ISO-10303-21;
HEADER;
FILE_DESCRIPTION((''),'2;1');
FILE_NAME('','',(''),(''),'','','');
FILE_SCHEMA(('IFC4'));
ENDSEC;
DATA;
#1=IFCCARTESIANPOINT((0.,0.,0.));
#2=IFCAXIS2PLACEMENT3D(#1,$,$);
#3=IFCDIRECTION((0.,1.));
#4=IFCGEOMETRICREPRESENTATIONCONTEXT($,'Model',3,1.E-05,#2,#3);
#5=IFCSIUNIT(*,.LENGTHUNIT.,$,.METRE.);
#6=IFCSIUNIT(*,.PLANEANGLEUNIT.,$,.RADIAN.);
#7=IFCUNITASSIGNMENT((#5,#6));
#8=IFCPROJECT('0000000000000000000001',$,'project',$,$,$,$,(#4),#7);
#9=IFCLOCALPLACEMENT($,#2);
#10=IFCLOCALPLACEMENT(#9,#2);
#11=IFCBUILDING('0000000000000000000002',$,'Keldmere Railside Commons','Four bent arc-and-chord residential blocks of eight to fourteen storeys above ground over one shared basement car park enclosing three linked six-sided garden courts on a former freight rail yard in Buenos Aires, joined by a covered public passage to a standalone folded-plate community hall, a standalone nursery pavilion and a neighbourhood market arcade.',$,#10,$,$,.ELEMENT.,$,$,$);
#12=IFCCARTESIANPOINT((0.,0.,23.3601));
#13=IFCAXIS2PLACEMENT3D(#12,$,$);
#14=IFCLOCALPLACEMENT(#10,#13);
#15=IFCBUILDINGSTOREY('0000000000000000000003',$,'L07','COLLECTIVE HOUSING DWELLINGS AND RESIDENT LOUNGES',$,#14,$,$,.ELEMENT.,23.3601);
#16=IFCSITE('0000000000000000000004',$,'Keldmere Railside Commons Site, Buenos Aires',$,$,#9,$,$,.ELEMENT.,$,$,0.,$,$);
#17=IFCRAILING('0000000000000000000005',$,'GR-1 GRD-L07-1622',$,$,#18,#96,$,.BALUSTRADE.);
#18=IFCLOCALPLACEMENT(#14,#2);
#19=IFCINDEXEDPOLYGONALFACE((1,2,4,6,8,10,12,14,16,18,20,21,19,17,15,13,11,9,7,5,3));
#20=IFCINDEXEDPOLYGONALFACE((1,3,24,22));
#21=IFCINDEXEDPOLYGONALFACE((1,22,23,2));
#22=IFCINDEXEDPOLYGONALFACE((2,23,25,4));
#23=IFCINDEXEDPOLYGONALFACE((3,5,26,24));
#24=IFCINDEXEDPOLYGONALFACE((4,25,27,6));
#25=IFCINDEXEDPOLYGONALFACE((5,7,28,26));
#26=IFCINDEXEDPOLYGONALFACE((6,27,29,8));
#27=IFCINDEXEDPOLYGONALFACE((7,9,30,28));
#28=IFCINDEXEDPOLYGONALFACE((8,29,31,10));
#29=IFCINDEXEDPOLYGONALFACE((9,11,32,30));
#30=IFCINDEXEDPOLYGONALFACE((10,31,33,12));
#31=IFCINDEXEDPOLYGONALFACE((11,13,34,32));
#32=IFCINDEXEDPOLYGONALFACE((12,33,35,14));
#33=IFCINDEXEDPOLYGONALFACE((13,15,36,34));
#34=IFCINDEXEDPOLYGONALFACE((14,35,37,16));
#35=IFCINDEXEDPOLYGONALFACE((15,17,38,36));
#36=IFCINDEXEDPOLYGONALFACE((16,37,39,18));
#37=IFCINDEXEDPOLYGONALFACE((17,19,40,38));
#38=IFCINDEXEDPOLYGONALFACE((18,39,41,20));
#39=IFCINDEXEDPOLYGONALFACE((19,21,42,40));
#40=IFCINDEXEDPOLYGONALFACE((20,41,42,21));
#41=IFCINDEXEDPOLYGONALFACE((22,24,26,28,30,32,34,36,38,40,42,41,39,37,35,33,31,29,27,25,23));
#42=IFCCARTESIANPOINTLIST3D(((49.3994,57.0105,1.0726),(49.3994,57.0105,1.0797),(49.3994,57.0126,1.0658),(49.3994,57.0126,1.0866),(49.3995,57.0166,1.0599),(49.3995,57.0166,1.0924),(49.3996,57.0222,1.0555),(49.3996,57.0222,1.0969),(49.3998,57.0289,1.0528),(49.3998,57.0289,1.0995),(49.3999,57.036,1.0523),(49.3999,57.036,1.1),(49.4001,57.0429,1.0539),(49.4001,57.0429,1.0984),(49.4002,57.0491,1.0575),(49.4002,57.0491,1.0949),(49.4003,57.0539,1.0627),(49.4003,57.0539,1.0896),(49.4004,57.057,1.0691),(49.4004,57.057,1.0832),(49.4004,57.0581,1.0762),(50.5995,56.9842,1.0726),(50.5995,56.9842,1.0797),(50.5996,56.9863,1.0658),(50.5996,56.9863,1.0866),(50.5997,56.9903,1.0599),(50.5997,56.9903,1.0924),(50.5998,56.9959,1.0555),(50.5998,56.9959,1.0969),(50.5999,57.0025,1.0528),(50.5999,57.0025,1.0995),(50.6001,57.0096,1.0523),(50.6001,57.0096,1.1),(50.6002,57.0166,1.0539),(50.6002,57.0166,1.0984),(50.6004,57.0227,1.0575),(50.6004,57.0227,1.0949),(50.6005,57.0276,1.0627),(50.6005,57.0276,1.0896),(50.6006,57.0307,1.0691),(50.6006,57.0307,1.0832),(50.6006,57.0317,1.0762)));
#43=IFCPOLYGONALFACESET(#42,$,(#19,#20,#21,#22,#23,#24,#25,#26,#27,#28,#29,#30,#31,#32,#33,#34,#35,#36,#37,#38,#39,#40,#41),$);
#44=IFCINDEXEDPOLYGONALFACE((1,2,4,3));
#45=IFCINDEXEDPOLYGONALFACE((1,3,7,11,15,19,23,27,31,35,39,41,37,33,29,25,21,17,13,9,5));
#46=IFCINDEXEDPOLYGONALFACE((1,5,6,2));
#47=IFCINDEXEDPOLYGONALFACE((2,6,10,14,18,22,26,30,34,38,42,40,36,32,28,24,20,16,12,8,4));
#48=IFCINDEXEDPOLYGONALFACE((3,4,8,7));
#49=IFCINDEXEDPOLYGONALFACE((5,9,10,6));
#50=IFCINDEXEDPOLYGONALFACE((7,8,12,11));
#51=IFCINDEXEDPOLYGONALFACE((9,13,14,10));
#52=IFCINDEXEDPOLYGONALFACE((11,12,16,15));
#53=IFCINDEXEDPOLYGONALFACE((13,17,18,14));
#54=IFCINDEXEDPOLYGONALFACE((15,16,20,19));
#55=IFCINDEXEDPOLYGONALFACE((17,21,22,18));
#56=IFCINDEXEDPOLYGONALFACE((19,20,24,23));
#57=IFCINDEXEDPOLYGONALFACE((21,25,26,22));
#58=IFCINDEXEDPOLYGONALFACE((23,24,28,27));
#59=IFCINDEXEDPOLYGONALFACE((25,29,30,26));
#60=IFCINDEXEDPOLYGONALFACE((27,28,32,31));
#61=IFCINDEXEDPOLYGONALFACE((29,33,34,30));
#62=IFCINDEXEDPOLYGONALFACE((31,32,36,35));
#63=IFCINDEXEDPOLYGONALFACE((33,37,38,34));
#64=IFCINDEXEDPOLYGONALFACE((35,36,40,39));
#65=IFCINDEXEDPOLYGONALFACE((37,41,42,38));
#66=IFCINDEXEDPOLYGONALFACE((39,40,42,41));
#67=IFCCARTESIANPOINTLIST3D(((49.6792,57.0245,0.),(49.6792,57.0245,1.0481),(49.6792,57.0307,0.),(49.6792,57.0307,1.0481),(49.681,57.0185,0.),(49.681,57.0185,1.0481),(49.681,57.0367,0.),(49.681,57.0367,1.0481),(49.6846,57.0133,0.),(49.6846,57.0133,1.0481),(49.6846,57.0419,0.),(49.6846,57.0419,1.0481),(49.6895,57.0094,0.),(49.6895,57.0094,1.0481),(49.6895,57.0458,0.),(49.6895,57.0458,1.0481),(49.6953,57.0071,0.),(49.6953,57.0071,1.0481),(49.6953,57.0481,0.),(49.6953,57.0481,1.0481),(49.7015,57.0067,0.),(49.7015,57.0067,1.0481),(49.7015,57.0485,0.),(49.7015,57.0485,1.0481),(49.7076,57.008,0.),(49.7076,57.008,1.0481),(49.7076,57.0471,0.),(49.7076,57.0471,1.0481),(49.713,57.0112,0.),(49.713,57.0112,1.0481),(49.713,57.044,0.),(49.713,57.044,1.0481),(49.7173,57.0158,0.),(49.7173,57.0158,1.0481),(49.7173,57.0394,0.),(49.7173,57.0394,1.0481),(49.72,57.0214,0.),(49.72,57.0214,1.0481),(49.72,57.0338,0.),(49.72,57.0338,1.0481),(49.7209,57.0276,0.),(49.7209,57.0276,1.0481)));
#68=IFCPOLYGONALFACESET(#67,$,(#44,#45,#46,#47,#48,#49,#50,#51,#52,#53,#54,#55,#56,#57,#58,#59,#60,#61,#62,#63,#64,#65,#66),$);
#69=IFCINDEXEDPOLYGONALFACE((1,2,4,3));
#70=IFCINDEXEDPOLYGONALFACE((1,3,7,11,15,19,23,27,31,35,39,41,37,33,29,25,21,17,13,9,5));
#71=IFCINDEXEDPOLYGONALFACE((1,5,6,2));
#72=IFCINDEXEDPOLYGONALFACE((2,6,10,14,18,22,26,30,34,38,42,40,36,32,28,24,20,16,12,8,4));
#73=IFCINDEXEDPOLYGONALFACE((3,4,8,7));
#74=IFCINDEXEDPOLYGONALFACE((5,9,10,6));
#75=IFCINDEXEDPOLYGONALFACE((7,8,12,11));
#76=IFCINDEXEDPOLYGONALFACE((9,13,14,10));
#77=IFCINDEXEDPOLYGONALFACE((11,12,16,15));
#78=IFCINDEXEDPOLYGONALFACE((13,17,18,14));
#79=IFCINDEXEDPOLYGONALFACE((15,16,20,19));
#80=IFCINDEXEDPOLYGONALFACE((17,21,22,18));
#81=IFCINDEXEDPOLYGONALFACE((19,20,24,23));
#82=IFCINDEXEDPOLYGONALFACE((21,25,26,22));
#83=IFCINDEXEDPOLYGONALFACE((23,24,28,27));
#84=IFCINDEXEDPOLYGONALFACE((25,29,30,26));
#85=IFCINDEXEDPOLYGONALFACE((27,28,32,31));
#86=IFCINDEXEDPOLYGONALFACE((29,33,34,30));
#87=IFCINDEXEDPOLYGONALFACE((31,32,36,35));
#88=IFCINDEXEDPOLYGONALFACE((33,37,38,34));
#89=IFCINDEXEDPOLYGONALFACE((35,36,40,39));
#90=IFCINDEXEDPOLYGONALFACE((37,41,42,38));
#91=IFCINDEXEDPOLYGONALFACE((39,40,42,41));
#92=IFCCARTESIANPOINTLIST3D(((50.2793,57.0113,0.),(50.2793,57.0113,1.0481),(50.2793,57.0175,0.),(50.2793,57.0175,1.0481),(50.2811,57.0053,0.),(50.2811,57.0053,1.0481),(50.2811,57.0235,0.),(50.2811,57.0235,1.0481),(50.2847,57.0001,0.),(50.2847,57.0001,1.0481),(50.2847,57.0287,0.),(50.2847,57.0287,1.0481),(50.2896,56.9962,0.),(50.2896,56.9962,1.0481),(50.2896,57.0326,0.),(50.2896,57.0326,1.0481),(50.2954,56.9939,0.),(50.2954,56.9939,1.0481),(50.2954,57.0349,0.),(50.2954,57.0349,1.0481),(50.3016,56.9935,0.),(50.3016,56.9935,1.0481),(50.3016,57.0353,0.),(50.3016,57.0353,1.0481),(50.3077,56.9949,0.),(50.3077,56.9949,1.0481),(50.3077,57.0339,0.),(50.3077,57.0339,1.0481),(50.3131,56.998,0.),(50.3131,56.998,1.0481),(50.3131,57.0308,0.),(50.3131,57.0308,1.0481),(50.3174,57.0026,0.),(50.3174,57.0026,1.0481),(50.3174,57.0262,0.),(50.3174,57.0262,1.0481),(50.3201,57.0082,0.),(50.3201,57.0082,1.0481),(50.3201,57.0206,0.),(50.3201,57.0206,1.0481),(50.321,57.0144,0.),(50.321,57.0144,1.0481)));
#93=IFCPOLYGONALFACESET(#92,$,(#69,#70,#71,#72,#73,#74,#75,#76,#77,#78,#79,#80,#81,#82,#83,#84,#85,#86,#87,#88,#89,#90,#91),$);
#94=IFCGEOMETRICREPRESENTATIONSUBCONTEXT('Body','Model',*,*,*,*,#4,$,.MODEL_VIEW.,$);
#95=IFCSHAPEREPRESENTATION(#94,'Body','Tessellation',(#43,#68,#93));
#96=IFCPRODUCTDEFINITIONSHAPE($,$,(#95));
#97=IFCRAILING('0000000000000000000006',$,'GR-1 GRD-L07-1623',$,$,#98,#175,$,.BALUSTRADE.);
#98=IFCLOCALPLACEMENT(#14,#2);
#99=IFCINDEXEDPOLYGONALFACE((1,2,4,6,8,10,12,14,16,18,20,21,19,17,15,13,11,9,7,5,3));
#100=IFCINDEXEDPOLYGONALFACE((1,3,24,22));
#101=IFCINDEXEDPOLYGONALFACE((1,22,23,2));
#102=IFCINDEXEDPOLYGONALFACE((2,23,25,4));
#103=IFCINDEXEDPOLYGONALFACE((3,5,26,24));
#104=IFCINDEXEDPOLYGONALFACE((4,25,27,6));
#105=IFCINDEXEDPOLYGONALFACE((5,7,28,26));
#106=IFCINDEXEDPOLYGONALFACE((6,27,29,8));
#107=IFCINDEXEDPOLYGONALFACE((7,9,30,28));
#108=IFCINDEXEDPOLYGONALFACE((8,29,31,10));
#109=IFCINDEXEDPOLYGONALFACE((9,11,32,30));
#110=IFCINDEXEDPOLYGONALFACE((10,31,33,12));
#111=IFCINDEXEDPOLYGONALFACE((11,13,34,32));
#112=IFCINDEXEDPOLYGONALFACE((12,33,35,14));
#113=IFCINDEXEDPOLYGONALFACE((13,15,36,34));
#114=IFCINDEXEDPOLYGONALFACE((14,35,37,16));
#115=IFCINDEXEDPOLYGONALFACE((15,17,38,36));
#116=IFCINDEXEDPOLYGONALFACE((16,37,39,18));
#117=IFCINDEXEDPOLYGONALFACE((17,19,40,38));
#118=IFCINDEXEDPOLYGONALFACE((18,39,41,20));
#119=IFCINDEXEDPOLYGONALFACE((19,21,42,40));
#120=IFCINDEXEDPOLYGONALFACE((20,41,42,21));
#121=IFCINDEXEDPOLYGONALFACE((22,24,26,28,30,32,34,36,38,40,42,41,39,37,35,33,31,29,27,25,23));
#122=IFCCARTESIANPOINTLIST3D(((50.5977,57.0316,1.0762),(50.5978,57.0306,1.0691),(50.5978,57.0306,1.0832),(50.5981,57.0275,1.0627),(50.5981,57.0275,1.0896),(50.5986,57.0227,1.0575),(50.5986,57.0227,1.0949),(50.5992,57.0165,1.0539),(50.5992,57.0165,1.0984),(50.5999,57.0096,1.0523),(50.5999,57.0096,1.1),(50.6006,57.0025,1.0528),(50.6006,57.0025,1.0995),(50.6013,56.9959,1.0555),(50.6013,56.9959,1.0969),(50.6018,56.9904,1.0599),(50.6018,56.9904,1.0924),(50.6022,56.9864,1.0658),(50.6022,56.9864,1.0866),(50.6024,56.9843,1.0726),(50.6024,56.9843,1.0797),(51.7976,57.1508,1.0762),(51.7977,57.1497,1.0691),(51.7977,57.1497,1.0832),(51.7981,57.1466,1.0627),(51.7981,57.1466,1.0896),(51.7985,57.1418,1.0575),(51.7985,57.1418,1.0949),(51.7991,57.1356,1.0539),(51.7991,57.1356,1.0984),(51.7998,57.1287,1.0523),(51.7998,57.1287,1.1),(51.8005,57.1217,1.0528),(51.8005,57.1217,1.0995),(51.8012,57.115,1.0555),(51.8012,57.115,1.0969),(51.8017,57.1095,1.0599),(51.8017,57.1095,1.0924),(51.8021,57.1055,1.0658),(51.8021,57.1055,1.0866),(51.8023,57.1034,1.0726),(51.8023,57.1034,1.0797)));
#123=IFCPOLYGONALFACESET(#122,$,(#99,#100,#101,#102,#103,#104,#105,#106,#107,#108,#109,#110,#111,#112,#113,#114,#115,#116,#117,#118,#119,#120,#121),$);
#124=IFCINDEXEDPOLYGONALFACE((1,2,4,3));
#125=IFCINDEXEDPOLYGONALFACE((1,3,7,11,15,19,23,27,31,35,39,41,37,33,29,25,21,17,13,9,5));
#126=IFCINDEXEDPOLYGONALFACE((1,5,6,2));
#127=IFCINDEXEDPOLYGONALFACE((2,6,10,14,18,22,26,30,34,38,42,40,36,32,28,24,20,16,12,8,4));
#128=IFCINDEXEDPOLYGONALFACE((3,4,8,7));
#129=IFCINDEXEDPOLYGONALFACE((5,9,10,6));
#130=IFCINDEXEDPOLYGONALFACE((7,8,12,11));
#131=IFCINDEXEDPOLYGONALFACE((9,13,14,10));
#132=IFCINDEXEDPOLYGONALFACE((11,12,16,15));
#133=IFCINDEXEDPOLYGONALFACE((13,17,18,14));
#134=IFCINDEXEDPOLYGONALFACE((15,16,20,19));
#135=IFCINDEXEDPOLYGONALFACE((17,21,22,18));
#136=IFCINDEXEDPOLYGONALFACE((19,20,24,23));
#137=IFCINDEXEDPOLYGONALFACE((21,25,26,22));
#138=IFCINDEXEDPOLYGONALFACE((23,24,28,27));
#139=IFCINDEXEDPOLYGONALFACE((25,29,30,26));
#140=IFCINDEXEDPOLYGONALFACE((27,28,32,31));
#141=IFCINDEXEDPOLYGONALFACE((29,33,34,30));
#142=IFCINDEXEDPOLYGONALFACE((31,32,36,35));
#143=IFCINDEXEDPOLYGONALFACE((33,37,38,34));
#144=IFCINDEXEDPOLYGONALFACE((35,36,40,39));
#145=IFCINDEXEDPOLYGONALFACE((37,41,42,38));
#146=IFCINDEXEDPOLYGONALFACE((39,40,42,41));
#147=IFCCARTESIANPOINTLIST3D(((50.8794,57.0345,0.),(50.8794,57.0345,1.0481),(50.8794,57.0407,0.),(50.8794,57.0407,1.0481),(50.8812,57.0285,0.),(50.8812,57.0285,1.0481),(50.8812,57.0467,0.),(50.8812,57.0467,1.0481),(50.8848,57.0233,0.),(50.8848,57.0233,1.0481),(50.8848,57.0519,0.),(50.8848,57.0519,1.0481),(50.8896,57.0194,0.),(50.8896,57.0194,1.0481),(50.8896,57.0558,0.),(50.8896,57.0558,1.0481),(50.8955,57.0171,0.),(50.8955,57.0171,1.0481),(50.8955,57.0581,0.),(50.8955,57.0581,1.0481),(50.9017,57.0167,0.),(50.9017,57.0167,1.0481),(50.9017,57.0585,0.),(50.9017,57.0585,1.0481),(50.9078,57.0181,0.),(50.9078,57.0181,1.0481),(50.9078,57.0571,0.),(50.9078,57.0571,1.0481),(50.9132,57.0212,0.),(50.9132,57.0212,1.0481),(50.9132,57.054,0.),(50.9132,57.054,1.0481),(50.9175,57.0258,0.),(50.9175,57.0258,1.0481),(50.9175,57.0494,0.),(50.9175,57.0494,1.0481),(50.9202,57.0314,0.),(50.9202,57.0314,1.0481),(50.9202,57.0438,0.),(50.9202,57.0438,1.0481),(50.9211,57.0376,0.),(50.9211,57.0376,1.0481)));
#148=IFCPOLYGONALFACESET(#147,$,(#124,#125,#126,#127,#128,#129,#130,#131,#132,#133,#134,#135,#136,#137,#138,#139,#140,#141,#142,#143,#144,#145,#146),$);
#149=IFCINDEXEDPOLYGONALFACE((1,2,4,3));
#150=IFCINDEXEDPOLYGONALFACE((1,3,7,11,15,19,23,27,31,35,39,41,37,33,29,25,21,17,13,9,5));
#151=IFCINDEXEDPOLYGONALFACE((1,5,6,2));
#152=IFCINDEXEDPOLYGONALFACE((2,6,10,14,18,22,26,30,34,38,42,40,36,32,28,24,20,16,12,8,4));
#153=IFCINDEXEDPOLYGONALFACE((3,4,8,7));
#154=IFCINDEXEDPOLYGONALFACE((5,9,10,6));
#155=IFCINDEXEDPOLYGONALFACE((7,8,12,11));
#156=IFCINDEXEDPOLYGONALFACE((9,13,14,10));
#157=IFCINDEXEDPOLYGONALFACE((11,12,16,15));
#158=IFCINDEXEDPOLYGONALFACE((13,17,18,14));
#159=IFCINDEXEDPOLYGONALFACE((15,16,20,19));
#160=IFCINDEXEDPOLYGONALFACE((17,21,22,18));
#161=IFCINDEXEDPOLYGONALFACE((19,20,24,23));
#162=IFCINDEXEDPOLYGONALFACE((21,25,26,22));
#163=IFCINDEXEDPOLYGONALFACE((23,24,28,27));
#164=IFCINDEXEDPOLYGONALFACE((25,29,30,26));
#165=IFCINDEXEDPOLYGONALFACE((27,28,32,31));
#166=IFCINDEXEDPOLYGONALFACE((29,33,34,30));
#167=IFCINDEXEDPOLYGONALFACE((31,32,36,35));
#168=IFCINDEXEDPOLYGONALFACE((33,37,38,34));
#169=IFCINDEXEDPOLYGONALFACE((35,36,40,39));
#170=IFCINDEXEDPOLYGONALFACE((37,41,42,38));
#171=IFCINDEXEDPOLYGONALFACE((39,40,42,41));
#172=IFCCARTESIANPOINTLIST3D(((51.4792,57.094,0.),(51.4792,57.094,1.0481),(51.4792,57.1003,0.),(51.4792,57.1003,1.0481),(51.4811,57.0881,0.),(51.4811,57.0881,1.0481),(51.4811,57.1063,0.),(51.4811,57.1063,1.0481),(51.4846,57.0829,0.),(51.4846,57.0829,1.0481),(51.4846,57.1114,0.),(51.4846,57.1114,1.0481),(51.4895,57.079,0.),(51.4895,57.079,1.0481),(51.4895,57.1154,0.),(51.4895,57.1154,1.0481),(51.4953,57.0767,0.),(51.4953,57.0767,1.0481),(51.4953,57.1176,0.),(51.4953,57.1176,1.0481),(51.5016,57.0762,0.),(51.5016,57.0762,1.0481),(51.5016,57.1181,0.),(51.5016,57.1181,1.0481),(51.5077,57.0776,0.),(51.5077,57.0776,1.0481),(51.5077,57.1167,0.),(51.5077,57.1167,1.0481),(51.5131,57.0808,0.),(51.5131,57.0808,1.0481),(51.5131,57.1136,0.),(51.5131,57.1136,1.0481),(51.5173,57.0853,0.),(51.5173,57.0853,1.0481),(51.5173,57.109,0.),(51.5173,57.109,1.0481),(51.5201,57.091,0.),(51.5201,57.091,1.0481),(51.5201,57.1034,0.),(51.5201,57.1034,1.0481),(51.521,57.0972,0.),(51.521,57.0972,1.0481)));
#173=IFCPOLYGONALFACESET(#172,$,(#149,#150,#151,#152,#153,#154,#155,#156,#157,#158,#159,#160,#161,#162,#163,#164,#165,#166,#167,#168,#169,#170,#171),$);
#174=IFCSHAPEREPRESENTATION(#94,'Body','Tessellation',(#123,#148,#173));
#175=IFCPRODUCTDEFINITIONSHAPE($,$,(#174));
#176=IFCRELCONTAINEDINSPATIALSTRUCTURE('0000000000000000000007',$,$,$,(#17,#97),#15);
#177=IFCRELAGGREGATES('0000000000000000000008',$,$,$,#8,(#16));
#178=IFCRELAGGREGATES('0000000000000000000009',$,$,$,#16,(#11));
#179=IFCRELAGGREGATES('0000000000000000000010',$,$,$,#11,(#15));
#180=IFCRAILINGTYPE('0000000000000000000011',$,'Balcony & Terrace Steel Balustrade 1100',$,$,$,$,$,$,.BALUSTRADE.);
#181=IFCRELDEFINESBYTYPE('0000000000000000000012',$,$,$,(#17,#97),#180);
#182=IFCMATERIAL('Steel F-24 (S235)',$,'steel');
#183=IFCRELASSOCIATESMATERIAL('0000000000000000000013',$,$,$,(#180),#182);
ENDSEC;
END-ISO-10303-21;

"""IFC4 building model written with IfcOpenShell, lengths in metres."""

from ifc_helpers import new_model, si_unit, direction, frame, origin, origin_2d, place, context, subcontext, project, spatial, circle, extrude, material, type_object, element, save


model = new_model("IFC4")

# Units and contexts
model_context = context("Model", 3, precision=1e-05, world=origin(), true_north=direction((0.0, 1.0)))
body_context = subcontext(model_context, "Body", "Model", "MODEL_VIEW")
ifc_project = project(units=[si_unit("LENGTHUNIT", "METRE"), si_unit("PLANEANGLEUNIT", "RADIAN")], contexts=[model_context])

# Site, building, storey
site_placement = place(None, origin())
site = spatial("IfcSite", under=ifc_project, at=site_placement, Name="Keldmere Railside Commons Site, Buenos Aires", CompositionType="ELEMENT", RefElevation=0.0)
building_placement = place(site_placement, origin())
building = spatial("IfcBuilding", under=site, at=building_placement, Name="Keldmere Railside Commons", Description="Four bent arc-and-chord residential blocks of eight to fourteen storeys above ground over one shared basement car park enclosing three linked six-sided garden courts on a former freight rail yard in Buenos Aires, joined by a covered public passage to a standalone folded-plate community hall, a standalone nursery pavilion and a neighbourhood market arcade.", CompositionType="ELEMENT")
storey_placement = place(building_placement, frame((0.0, 0.0, 23.3601)))
storey = spatial("IfcBuildingStorey", under=building, at=storey_placement, Name="L07", Description="COLLECTIVE HOUSING DWELLINGS AND RESIDENT LOUNGES", CompositionType="ELEMENT", Elevation=23.3601)

# Railings
ifc_material_1 = material(Name="Steel F-24 (S235)", Category="steel")
railing_type = type_object("IfcRailingType", Name="Balcony & Terrace Steel Balustrade 1100", PredefinedType="BALUSTRADE", material=ifc_material_1)
railing_1_placement = place(storey_placement, frame((49.3999, 57.0342, 0.0)))
element("IfcRailing", 1, at=railing_1_placement, inside=storey, type_object=railing_type, Name="GR-1 GRD-L07-1622", PredefinedType="BALUSTRADE", context=body_context, shape_type="SweptSolid", body=[
    extrude(circle(Radius=0.0239, at=origin_2d()), frame((0.0, 0.0, 1.0762), z_axis=(0.999759, -0.021964, 0.0), x_axis=(0.021964, 0.999759, 0.0)), (0.0, 0.0, 1.0), 1.2004),
    extrude(circle(Radius=0.021, at=origin_2d()), frame((0.3, -0.0066, 0.0)), (0.0, 0.0, 1.0), 1.0481),
    extrude(circle(Radius=0.021, at=origin_2d()), frame((0.9001, -0.0198, 0.0)), (0.0, 0.0, 1.0), 1.0481),
])
railing_2_placement = place(storey_placement, frame((50.6001, 57.0078, 0.0)))
element("IfcRailing", 2, at=railing_2_placement, inside=storey, type_object=railing_type, Name="GR-1 GRD-L07-1623", PredefinedType="BALUSTRADE", context=body_context, shape_type="SweptSolid", body=[
    extrude(circle(Radius=0.0239, at=origin_2d()), frame((0.0, 0.0, 1.0762), z_axis=(0.995107, 0.098802, 0.0), x_axis=(-0.098802, 0.995107, 0.0)), (0.0, 0.0, 1.0), 1.2058),
    extrude(circle(Radius=0.021, at=origin_2d()), frame((0.3, 0.0298, 0.0)), (0.0, 0.0, 1.0), 1.0481),
    extrude(circle(Radius=0.021, at=origin_2d()), frame((0.8999, 0.0894, 0.0)), (0.0, 0.0, 1.0), 1.0481),
])

save(model, "model.ifc")
